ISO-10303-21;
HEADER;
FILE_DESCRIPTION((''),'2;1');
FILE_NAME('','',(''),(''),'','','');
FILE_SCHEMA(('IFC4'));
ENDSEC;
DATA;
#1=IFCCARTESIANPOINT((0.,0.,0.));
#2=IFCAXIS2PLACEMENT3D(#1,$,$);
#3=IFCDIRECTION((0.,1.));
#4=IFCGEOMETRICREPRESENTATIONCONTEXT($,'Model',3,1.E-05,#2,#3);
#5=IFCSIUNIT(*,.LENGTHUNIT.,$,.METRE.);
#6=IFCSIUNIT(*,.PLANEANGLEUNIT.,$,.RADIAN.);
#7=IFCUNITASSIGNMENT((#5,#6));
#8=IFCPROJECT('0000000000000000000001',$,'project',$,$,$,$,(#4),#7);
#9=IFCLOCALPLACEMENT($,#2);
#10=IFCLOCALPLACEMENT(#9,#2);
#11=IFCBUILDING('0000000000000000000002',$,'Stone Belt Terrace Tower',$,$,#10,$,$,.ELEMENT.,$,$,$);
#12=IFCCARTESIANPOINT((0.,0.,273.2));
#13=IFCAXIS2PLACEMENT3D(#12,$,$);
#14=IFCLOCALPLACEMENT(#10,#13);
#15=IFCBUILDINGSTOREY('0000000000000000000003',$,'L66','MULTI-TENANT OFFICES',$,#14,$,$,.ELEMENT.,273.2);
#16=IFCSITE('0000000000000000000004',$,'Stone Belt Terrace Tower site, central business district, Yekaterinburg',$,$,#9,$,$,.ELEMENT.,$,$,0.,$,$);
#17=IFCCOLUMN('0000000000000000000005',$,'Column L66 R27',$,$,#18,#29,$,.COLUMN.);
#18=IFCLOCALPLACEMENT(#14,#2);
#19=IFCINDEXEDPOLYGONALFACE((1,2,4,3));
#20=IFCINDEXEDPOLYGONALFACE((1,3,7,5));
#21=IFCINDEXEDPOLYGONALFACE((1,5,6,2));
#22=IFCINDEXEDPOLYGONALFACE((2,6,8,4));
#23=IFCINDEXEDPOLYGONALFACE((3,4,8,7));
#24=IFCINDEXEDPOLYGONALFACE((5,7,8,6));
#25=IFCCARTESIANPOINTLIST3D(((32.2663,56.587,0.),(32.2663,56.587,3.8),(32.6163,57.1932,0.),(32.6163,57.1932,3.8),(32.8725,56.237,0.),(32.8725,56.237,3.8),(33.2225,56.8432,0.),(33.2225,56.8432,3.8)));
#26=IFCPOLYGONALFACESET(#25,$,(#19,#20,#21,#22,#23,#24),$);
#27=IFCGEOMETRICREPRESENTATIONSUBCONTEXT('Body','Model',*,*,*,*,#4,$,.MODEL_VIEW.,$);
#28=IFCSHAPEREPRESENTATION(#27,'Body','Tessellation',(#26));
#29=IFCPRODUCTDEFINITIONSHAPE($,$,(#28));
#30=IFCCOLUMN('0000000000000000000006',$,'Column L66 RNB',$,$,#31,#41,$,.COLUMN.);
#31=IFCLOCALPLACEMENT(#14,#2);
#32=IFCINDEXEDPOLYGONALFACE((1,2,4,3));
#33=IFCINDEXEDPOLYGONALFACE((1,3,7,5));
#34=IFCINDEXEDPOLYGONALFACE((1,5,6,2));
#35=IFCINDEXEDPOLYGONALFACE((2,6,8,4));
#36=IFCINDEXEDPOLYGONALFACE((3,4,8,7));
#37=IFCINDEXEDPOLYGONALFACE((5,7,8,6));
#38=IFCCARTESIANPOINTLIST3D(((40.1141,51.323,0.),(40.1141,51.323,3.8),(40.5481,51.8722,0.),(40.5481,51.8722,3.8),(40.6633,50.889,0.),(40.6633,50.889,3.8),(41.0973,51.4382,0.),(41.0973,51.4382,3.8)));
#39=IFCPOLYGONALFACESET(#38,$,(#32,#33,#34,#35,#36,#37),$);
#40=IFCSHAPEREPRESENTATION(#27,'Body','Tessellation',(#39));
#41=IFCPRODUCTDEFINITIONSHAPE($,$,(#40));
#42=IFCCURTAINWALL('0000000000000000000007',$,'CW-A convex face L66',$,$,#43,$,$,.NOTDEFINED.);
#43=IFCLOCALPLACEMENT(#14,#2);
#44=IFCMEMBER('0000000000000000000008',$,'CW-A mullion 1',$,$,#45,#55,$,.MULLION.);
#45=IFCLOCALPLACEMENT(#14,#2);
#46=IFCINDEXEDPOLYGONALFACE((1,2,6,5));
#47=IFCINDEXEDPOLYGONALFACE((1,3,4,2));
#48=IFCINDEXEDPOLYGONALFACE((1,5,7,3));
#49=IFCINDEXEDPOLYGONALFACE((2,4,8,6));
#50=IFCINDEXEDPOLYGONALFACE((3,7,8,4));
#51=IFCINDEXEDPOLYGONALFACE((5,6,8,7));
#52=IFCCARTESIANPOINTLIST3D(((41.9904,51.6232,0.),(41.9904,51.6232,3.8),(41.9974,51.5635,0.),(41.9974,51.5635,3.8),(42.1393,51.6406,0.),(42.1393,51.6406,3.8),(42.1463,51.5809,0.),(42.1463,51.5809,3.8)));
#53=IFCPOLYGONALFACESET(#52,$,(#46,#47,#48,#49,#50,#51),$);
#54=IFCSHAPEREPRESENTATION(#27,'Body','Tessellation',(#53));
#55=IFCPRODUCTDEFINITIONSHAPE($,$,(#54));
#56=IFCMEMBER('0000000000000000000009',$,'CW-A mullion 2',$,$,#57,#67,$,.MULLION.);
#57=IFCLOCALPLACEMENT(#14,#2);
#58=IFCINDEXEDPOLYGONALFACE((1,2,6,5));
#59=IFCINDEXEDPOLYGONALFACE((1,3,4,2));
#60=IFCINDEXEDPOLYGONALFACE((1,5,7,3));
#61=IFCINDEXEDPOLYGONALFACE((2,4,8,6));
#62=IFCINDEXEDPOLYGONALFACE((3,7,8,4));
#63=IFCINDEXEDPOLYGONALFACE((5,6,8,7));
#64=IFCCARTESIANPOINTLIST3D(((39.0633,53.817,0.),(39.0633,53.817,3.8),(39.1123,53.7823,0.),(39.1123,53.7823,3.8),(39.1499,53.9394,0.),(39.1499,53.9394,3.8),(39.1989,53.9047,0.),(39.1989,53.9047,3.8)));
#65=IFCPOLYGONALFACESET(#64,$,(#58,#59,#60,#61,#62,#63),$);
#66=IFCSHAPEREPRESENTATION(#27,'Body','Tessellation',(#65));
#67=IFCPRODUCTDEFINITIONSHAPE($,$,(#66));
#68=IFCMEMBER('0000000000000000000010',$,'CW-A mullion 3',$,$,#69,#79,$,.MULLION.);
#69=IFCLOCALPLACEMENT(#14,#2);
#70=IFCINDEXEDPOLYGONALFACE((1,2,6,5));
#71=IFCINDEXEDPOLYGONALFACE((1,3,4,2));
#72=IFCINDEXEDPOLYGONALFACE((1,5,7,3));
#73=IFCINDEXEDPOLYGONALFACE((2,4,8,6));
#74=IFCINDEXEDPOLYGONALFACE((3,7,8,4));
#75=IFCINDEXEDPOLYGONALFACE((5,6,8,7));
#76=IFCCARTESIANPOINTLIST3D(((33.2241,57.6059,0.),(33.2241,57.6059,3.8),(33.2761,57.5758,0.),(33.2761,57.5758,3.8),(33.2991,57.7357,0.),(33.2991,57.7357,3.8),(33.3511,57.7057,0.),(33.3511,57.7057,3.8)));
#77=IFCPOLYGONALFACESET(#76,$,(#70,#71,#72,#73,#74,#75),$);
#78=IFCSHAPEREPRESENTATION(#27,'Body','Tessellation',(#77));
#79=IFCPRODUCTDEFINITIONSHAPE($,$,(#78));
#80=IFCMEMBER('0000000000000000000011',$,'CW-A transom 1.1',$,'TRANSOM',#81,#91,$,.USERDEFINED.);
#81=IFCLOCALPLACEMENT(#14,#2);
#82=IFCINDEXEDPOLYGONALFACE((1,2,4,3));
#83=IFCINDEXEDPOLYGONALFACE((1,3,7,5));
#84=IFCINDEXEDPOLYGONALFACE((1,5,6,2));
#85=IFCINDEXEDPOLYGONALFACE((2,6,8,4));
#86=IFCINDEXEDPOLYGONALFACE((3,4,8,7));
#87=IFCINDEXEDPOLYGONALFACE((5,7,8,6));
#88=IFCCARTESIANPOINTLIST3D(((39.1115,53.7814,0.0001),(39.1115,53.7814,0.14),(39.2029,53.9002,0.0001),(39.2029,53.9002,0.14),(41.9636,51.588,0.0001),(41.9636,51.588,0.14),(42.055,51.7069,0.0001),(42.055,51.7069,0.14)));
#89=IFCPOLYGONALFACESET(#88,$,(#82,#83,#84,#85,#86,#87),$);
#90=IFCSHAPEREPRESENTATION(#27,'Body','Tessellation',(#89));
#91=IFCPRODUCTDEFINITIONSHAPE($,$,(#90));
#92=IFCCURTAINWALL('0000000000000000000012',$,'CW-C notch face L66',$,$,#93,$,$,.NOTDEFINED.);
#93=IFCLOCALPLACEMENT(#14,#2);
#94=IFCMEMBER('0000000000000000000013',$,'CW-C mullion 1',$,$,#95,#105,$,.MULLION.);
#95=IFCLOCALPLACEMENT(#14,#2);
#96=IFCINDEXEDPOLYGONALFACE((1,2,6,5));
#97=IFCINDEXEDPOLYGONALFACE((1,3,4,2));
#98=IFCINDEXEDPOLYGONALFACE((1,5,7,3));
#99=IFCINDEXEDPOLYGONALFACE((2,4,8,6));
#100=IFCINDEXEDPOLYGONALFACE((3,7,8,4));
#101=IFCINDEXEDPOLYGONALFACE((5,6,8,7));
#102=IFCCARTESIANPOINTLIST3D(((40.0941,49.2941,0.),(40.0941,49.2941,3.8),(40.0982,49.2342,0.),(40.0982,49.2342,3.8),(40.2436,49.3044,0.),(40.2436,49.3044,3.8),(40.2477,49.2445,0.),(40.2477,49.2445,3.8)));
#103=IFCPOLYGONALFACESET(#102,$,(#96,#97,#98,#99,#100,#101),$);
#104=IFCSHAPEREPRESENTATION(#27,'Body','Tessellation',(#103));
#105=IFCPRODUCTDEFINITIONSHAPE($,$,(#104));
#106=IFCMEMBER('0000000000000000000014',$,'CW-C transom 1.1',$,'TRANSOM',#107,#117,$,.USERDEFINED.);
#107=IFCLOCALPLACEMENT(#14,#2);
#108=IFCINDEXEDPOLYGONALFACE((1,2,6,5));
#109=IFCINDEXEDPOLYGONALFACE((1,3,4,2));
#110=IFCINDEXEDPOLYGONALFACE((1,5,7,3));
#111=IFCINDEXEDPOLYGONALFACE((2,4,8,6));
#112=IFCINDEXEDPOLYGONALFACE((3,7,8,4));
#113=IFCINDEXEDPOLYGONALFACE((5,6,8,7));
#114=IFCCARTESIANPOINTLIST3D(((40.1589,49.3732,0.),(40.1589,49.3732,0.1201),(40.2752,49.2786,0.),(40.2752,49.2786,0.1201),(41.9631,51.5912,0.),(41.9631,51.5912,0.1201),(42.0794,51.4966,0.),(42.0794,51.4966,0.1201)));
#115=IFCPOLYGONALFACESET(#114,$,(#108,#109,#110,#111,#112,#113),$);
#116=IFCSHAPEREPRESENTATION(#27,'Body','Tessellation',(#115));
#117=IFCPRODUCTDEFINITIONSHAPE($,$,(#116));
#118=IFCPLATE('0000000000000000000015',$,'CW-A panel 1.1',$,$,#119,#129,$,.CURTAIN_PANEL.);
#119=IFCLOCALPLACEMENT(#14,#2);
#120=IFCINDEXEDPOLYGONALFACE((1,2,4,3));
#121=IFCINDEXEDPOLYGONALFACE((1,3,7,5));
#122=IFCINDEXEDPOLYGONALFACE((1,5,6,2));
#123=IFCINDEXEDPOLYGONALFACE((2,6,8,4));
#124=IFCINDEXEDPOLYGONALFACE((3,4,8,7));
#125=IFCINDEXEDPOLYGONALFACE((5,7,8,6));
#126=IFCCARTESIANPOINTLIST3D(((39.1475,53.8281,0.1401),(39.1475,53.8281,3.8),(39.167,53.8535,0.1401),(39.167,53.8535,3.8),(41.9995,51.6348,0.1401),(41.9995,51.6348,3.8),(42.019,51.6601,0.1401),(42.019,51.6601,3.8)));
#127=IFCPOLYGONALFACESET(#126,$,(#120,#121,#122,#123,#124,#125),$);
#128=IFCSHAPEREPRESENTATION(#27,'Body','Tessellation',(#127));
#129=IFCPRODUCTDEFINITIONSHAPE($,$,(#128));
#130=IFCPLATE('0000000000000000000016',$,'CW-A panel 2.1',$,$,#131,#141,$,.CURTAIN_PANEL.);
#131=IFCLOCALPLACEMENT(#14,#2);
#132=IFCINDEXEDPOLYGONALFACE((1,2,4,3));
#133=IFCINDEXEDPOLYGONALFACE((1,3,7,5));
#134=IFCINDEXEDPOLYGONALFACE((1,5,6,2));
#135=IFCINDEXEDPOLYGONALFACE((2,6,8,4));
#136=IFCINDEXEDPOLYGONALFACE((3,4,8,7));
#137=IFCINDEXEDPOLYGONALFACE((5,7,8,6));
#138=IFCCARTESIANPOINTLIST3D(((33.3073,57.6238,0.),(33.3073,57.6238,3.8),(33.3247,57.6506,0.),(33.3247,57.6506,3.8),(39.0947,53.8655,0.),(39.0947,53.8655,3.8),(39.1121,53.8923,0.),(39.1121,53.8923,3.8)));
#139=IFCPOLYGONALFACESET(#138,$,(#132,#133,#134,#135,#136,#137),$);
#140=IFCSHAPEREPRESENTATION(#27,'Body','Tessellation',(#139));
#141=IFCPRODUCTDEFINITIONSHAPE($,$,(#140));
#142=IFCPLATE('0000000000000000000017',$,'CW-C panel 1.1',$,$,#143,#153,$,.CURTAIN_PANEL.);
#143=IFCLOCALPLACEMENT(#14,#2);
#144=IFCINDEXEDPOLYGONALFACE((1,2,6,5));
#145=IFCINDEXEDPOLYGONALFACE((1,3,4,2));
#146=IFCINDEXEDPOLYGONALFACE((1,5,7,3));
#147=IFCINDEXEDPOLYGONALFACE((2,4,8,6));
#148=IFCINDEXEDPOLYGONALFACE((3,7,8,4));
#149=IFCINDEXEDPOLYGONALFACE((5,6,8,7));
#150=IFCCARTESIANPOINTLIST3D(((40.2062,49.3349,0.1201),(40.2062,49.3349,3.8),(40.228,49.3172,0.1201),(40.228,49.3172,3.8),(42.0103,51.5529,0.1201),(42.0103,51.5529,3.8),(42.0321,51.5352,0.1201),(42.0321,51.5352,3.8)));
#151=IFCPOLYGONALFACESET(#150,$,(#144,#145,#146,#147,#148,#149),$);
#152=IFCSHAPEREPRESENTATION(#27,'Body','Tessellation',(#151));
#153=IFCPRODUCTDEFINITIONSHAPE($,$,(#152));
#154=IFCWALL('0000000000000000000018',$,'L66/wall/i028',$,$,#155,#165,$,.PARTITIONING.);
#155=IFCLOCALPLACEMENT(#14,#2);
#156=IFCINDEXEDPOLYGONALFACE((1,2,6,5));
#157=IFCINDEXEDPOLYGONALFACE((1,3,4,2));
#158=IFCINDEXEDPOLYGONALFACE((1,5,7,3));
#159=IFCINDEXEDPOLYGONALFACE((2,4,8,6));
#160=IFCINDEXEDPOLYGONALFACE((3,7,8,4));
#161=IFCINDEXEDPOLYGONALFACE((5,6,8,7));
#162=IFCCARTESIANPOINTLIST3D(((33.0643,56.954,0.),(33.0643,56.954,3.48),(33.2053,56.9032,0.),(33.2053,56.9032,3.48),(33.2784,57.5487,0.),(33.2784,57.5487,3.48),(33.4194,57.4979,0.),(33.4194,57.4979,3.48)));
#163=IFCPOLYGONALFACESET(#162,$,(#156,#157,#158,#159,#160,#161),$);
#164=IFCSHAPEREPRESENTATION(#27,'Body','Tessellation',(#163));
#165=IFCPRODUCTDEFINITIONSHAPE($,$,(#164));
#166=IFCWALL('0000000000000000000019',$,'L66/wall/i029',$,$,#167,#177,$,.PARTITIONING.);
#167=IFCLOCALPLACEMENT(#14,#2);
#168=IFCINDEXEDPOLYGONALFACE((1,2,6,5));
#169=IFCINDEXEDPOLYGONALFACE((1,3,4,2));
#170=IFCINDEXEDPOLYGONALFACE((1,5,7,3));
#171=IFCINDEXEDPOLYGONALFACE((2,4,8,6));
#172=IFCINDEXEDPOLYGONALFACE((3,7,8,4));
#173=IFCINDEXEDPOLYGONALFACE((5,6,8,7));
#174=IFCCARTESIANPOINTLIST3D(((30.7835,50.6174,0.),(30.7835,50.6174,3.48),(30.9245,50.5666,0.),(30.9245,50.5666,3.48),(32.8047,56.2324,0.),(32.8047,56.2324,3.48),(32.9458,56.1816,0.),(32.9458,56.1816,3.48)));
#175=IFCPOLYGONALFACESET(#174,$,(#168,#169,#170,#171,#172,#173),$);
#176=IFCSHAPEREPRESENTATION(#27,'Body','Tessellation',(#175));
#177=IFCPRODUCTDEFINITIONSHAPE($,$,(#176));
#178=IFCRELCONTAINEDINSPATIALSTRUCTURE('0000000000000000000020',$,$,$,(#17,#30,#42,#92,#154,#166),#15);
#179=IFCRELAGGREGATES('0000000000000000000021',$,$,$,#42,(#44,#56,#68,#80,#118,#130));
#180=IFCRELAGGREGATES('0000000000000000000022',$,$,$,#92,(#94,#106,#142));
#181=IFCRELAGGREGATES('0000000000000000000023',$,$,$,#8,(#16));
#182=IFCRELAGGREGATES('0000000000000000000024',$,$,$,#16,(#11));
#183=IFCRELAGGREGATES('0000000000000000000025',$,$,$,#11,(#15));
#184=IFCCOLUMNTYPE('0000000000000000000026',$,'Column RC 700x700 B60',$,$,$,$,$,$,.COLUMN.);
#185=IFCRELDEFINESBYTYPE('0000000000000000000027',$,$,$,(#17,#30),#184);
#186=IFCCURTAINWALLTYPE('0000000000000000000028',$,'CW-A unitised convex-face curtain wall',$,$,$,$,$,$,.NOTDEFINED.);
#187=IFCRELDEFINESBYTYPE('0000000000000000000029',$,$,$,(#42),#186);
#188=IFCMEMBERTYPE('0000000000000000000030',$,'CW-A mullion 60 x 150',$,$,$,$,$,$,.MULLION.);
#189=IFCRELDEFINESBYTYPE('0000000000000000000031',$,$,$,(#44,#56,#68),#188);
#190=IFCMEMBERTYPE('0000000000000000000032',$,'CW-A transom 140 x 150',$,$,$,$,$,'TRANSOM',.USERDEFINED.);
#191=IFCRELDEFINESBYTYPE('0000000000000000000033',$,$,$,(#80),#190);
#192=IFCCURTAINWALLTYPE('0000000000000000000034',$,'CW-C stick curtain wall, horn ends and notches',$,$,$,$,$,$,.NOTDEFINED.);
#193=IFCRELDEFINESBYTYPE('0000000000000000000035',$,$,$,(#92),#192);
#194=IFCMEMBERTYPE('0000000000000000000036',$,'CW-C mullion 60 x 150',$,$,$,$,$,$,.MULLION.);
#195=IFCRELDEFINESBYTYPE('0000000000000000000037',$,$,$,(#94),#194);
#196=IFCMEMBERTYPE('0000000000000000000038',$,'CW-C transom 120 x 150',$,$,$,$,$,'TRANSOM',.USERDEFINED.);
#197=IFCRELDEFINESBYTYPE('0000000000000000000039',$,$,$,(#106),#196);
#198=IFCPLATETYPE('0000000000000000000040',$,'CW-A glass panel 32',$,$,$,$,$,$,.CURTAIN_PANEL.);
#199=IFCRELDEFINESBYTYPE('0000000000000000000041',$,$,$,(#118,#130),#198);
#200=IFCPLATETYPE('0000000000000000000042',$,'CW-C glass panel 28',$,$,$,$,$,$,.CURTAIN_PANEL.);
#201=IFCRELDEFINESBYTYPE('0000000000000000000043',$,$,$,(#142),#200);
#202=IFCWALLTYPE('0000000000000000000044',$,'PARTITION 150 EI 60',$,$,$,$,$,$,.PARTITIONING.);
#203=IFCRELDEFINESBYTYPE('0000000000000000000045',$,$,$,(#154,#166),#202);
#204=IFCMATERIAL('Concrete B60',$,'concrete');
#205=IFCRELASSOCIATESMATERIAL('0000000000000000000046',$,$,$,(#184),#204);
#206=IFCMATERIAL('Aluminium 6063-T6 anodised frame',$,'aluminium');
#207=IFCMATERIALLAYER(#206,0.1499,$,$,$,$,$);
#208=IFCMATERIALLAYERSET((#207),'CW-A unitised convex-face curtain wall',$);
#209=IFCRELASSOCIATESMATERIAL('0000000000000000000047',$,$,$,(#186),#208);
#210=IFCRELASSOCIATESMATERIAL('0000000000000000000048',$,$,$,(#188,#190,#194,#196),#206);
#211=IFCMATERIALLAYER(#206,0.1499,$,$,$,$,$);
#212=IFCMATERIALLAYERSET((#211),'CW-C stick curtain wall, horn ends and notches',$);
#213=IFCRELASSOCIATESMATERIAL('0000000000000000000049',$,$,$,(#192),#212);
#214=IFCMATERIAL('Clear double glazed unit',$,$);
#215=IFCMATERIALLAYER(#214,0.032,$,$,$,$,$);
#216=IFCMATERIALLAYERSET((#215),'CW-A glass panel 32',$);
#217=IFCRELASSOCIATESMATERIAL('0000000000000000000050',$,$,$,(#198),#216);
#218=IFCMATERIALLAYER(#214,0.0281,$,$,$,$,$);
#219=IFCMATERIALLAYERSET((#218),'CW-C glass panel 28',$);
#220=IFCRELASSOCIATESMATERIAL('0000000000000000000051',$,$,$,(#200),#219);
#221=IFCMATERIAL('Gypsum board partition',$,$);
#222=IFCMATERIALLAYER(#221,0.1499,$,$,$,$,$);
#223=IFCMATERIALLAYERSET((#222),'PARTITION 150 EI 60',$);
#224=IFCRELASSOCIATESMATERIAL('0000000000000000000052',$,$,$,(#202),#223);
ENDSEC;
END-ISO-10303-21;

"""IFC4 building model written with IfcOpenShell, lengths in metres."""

from ifc_helpers import new_model, si_unit, direction, frame, frame_2d, origin, origin_2d, place, context, subcontext, project, spatial, rectangle, extrude, material, layer, layer_set, material_profile, profile_set, type_object, element, aggregate, save


model = new_model("IFC4")

# Units and contexts
model_context = context("Model", 3, precision=1e-05, world=origin(), true_north=direction((0.0, 1.0)))
body_context = subcontext(model_context, "Body", "Model", "MODEL_VIEW")
ifc_project = project(units=[si_unit("LENGTHUNIT", "METRE"), si_unit("PLANEANGLEUNIT", "RADIAN")], contexts=[model_context])

# Site, building, storey
site_placement = place(None, origin())
site = spatial("IfcSite", under=ifc_project, at=site_placement, Name="Stone Belt Terrace Tower site, central business district, Yekaterinburg", CompositionType="ELEMENT", RefElevation=0.0)
building_placement = place(site_placement, origin())
building = spatial("IfcBuilding", under=site, at=building_placement, Name="Stone Belt Terrace Tower", CompositionType="ELEMENT")
storey_placement = place(building_placement, frame((0.0, 0.0, 273.2)))
storey = spatial("IfcBuildingStorey", under=building, at=storey_placement, Name="L66", Description="MULTI-TENANT OFFICES", CompositionType="ELEMENT", Elevation=273.2)

# Columns
ifc_material_1 = material(Name="Concrete B60", Category="concrete")
ifc_material_profile_1 = material_profile(ifc_material_1, rectangle(XDim=0.7, YDim=0.7, at=origin_2d()), Name="RC 700x700")
ifc_profile_set_1 = profile_set([ifc_material_profile_1], Name="Concrete B60")
column_type = type_object("IfcColumnType", Name="Column RC 700x700 B60", PredefinedType="COLUMN", material=ifc_profile_set_1)
for number, where, z_axis, x_axis, name in (
    (1, (32.7444, 56.7151, 0.0), (0.0, 0.0, 1.0), (0.866025, -0.5, 0.0), "Column L66 R27"),
    (2, (40.6057, 51.3806, 0.0), (0.0, 0.0, 1.0), (0.78457, -0.620041, 0.0), "Column L66 RNB"),
):
    element("IfcColumn", number, at=place(storey_placement, frame(where, z_axis=z_axis, x_axis=x_axis)), inside=storey, type_object=column_type, Name=name, PredefinedType="COLUMN", context=body_context, shape_type="SweptSolid", body=[
        extrude(rectangle(XDim=0.7, YDim=0.7, at=origin_2d()), origin(), (0.0, 0.0, 1.0), 3.8),
    ])

# Curtain walls, members
ifc_material_2 = material(Name="Aluminium 6063-T6 anodised frame", Category="aluminium")
ifc_layer_1 = layer(ifc_material_2, 0.1499)
ifc_layer_set_1 = layer_set([ifc_layer_1], Name="CW-A unitised convex-face curtain wall")
curtain_wall_type_1 = type_object("IfcCurtainWallType", Name="CW-A unitised convex-face curtain wall", PredefinedType="NOTDEFINED", material=ifc_layer_set_1)
curtain_wall_1_placement = place(storey_placement, origin())
curtain_wall_1 = element("IfcCurtainWall", 3, at=curtain_wall_1_placement, inside=storey, type_object=curtain_wall_type_1, Name="CW-A convex face L66", PredefinedType="NOTDEFINED")
ifc_material_profile_2 = material_profile(ifc_material_2, rectangle(XDim=0.1499, YDim=0.0601, at=origin_2d()), Name="Aluminium 6063-T6 60x150")
ifc_profile_set_2 = profile_set([ifc_material_profile_2], Name="Aluminium 6063-T6 anodised frame")
member_type_1 = type_object("IfcMemberType", Name="CW-A mullion 60 x 150", PredefinedType="MULLION", material=ifc_profile_set_2)
member_1_placement = place(storey_placement, frame((42.0684, 51.6021, 0.0), z_axis=(0.0, 0.0, 1.0), x_axis=(-0.993258, -0.115925, 0.0)))
member_1 = element("IfcMember", 4, at=member_1_placement, type_object=member_type_1, Name="CW-A mullion 1", PredefinedType="MULLION", context=body_context, shape_type="SweptSolid", body=[
    extrude(rectangle(XDim=0.1499, YDim=0.0601, at=origin_2d()), origin(), (0.0, 0.0, 1.0), 3.8),
])
member_2_placement = place(storey_placement, frame((39.1311, 53.8608, 0.0), z_axis=(0.0, 0.0, 1.0), x_axis=(-0.577587, -0.816329, 0.0)))
member_2 = element("IfcMember", 5, at=member_2_placement, type_object=member_type_1, Name="CW-A mullion 2", PredefinedType="MULLION", context=body_context, shape_type="SweptSolid", body=[
    extrude(rectangle(XDim=0.1499, YDim=0.0601, at=origin_2d()), origin(), (0.0, 0.0, 1.0), 3.8),
])
member_3_placement = place(storey_placement, frame((33.2876, 57.6558, 0.0), z_axis=(0.0, 0.0, 1.0), x_axis=(-0.5, -0.866025, 0.0)))
member_3 = element("IfcMember", 6, at=member_3_placement, type_object=member_type_1, Name="CW-A mullion 3", PredefinedType="MULLION", context=body_context, shape_type="SweptSolid", body=[
    extrude(rectangle(XDim=0.1499, YDim=0.0601, at=origin_2d()), origin(), (0.0, 0.0, 1.0), 3.8),
])
ifc_material_profile_3 = material_profile(ifc_material_2, rectangle(XDim=0.1499, YDim=0.1399, at=origin_2d()), Name="Aluminium 6063-T6 150x140")
ifc_profile_set_3 = profile_set([ifc_material_profile_3], Name="Aluminium 6063-T6 anodised frame")
member_type_2 = type_object("IfcMemberType", Name="CW-A transom 140 x 150", ElementType="TRANSOM", PredefinedType="USERDEFINED", material=ifc_profile_set_3)
member_4_placement = place(storey_placement, frame((42.0093, 51.6475, 0.0701), z_axis=(-0.792695, 0.609619, 0.0), x_axis=(-0.609619, -0.792695, 0.0)))
member_4 = element("IfcMember", 7, at=member_4_placement, type_object=member_type_2, Name="CW-A transom 1.1", ObjectType="TRANSOM", PredefinedType="USERDEFINED", context=body_context, shape_type="SweptSolid", body=[
    extrude(rectangle(XDim=0.1499, YDim=0.1399, at=origin_2d()), origin(), (0.0, 0.0, 1.0), 3.5979),
])
ifc_layer_2 = layer(ifc_material_2, 0.1499)
ifc_layer_set_2 = layer_set([ifc_layer_2], Name="CW-C stick curtain wall, horn ends and notches")
curtain_wall_type_2 = type_object("IfcCurtainWallType", Name="CW-C stick curtain wall, horn ends and notches", PredefinedType="NOTDEFINED", material=ifc_layer_set_2)
curtain_wall_2_placement = place(storey_placement, origin())
curtain_wall_2 = element("IfcCurtainWall", 8, at=curtain_wall_2_placement, inside=storey, type_object=curtain_wall_type_2, Name="CW-C notch face L66", PredefinedType="NOTDEFINED")
ifc_material_profile_4 = material_profile(ifc_material_2, rectangle(XDim=0.1499, YDim=0.0601, at=origin_2d()), Name="Aluminium 6063-T6 60x150")
ifc_profile_set_4 = profile_set([ifc_material_profile_4], Name="Aluminium 6063-T6 anodised frame")
member_type_3 = type_object("IfcMemberType", Name="CW-C mullion 60 x 150", PredefinedType="MULLION", material=ifc_profile_set_4)
member_5_placement = place(storey_placement, frame((40.1709, 49.2693, 0.0), z_axis=(0.0, 0.0, 1.0), x_axis=(-0.99764, -0.068666, 0.0)))
member_5 = element("IfcMember", 9, at=member_5_placement, type_object=member_type_3, Name="CW-C mullion 1", PredefinedType="MULLION", context=body_context, shape_type="SweptSolid", body=[
    extrude(rectangle(XDim=0.1499, YDim=0.0601, at=origin_2d()), origin(), (0.0, 0.0, 1.0), 3.8),
])
ifc_material_profile_5 = material_profile(ifc_material_2, rectangle(XDim=0.1499, YDim=0.1201, at=origin_2d()), Name="Aluminium 6063-T6 150x120")
ifc_profile_set_5 = profile_set([ifc_material_profile_5], Name="Aluminium 6063-T6 anodised frame")
member_type_4 = type_object("IfcMemberType", Name="CW-C transom 120 x 150", ElementType="TRANSOM", PredefinedType="USERDEFINED", material=ifc_profile_set_5)
member_6_placement = place(storey_placement, frame((40.217, 49.3259, 0.0601), z_axis=(0.631027, 0.775761, 0.0), x_axis=(-0.775761, 0.631027, 0.0)))
member_6 = element("IfcMember", 10, at=member_6_placement, type_object=member_type_4, Name="CW-C transom 1.1", ObjectType="TRANSOM", PredefinedType="USERDEFINED", context=body_context, shape_type="SweptSolid", body=[
    extrude(rectangle(XDim=0.1499, YDim=0.1201, at=origin_2d()), origin(), (0.0, 0.0, 1.0), 2.8591),
])

# Plates
ifc_material_3 = material(Name="Clear double glazed unit")
ifc_layer_3 = layer(ifc_material_3, 0.032)
ifc_layer_set_3 = layer_set([ifc_layer_3], Name="CW-A glass panel 32")
plate_type_1 = type_object("IfcPlateType", Name="CW-A glass panel 32", PredefinedType="CURTAIN_PANEL", material=ifc_layer_set_3)
plate_1_placement = place(storey_placement, frame((40.5833, 52.7441, 0.1401), z_axis=(0.0, 0.0, 1.0), x_axis=(-0.792694, 0.60962, 0.0)))
plate_1 = element("IfcPlate", 11, at=plate_1_placement, type_object=plate_type_1, Name="CW-A panel 1.1", PredefinedType="CURTAIN_PANEL", context=body_context, shape_type="SweptSolid", body=[
    extrude(rectangle(XDim=3.5979, YDim=0.032, at=origin_2d()), origin(), (0.0, 0.0, 1.0), 3.6599),
])
plate_2_placement = place(storey_placement, frame((36.2097, 55.7581, 0.0), z_axis=(0.0, 0.0, 1.0), x_axis=(-0.838671, 0.544639, 0.0)))
plate_2 = element("IfcPlate", 12, at=plate_2_placement, type_object=plate_type_1, Name="CW-A panel 2.1", PredefinedType="CURTAIN_PANEL", context=body_context, shape_type="SweptSolid", body=[
    extrude(rectangle(XDim=6.9006, YDim=0.032, at=origin_2d()), origin(), (0.0, 0.0, 1.0), 3.8),
])
aggregate(curtain_wall_1, [member_1, member_2, member_3, member_4, plate_1, plate_2])
ifc_layer_4 = layer(ifc_material_3, 0.0281)
ifc_layer_set_4 = layer_set([ifc_layer_4], Name="CW-C glass panel 28")
plate_type_2 = type_object("IfcPlateType", Name="CW-C glass panel 28", PredefinedType="CURTAIN_PANEL", material=ifc_layer_set_4)
plate_3_placement = place(storey_placement, frame((41.1191, 50.4351, 0.1201), z_axis=(0.0, 0.0, 1.0), x_axis=(0.631001, 0.775782, 0.0)))
plate_3 = element("IfcPlate", 13, at=plate_3_placement, type_object=plate_type_2, Name="CW-C panel 1.1", PredefinedType="CURTAIN_PANEL", context=body_context, shape_type="SweptSolid", body=[
    extrude(rectangle(XDim=2.8591, YDim=0.0281, at=origin_2d()), origin(), (0.0, 0.0, 1.0), 3.6799),
])
aggregate(curtain_wall_2, [member_5, member_6, plate_3])

# Walls
ifc_material_4 = material(Name="Gypsum board partition")
ifc_layer_5 = layer(ifc_material_4, 0.1499)
ifc_layer_set_5 = layer_set([ifc_layer_5], Name="PARTITION 150 EI 60")
wall_type = type_object("IfcWallType", Name="PARTITION 150 EI 60", PredefinedType="PARTITIONING", material=ifc_layer_set_5)
wall_1_placement = place(storey_placement, frame((33.3489, 57.5232, 0.0), z_axis=(0.0, 0.0, 1.0), x_axis=(-0.338733, -0.940882, 0.0)))
element("IfcWall", 14, at=wall_1_placement, inside=storey, type_object=wall_type, Name="L66/wall/i028", PredefinedType="PARTITIONING", context=body_context, shape_type="SweptSolid", body=[
    extrude(rectangle(XDim=0.6321, YDim=0.1499, at=frame_2d((0.3159, 0.0))), origin(), (0.0, 0.0, 1.0), 3.48),
])
wall_2_placement = place(storey_placement, frame((32.8752, 56.207, 0.0), z_axis=(0.0, 0.0, 1.0), x_axis=(-0.338696, -0.940896, 0.0)))
element("IfcWall", 15, at=wall_2_placement, inside=storey, type_object=wall_type, Name="L66/wall/i029", PredefinedType="PARTITIONING", context=body_context, shape_type="SweptSolid", body=[
    extrude(rectangle(XDim=5.9678, YDim=0.1499, at=frame_2d((2.9839, 0.0))), origin(), (0.0, 0.0, 1.0), 3.48),
])

save(model, "model.ifc")
